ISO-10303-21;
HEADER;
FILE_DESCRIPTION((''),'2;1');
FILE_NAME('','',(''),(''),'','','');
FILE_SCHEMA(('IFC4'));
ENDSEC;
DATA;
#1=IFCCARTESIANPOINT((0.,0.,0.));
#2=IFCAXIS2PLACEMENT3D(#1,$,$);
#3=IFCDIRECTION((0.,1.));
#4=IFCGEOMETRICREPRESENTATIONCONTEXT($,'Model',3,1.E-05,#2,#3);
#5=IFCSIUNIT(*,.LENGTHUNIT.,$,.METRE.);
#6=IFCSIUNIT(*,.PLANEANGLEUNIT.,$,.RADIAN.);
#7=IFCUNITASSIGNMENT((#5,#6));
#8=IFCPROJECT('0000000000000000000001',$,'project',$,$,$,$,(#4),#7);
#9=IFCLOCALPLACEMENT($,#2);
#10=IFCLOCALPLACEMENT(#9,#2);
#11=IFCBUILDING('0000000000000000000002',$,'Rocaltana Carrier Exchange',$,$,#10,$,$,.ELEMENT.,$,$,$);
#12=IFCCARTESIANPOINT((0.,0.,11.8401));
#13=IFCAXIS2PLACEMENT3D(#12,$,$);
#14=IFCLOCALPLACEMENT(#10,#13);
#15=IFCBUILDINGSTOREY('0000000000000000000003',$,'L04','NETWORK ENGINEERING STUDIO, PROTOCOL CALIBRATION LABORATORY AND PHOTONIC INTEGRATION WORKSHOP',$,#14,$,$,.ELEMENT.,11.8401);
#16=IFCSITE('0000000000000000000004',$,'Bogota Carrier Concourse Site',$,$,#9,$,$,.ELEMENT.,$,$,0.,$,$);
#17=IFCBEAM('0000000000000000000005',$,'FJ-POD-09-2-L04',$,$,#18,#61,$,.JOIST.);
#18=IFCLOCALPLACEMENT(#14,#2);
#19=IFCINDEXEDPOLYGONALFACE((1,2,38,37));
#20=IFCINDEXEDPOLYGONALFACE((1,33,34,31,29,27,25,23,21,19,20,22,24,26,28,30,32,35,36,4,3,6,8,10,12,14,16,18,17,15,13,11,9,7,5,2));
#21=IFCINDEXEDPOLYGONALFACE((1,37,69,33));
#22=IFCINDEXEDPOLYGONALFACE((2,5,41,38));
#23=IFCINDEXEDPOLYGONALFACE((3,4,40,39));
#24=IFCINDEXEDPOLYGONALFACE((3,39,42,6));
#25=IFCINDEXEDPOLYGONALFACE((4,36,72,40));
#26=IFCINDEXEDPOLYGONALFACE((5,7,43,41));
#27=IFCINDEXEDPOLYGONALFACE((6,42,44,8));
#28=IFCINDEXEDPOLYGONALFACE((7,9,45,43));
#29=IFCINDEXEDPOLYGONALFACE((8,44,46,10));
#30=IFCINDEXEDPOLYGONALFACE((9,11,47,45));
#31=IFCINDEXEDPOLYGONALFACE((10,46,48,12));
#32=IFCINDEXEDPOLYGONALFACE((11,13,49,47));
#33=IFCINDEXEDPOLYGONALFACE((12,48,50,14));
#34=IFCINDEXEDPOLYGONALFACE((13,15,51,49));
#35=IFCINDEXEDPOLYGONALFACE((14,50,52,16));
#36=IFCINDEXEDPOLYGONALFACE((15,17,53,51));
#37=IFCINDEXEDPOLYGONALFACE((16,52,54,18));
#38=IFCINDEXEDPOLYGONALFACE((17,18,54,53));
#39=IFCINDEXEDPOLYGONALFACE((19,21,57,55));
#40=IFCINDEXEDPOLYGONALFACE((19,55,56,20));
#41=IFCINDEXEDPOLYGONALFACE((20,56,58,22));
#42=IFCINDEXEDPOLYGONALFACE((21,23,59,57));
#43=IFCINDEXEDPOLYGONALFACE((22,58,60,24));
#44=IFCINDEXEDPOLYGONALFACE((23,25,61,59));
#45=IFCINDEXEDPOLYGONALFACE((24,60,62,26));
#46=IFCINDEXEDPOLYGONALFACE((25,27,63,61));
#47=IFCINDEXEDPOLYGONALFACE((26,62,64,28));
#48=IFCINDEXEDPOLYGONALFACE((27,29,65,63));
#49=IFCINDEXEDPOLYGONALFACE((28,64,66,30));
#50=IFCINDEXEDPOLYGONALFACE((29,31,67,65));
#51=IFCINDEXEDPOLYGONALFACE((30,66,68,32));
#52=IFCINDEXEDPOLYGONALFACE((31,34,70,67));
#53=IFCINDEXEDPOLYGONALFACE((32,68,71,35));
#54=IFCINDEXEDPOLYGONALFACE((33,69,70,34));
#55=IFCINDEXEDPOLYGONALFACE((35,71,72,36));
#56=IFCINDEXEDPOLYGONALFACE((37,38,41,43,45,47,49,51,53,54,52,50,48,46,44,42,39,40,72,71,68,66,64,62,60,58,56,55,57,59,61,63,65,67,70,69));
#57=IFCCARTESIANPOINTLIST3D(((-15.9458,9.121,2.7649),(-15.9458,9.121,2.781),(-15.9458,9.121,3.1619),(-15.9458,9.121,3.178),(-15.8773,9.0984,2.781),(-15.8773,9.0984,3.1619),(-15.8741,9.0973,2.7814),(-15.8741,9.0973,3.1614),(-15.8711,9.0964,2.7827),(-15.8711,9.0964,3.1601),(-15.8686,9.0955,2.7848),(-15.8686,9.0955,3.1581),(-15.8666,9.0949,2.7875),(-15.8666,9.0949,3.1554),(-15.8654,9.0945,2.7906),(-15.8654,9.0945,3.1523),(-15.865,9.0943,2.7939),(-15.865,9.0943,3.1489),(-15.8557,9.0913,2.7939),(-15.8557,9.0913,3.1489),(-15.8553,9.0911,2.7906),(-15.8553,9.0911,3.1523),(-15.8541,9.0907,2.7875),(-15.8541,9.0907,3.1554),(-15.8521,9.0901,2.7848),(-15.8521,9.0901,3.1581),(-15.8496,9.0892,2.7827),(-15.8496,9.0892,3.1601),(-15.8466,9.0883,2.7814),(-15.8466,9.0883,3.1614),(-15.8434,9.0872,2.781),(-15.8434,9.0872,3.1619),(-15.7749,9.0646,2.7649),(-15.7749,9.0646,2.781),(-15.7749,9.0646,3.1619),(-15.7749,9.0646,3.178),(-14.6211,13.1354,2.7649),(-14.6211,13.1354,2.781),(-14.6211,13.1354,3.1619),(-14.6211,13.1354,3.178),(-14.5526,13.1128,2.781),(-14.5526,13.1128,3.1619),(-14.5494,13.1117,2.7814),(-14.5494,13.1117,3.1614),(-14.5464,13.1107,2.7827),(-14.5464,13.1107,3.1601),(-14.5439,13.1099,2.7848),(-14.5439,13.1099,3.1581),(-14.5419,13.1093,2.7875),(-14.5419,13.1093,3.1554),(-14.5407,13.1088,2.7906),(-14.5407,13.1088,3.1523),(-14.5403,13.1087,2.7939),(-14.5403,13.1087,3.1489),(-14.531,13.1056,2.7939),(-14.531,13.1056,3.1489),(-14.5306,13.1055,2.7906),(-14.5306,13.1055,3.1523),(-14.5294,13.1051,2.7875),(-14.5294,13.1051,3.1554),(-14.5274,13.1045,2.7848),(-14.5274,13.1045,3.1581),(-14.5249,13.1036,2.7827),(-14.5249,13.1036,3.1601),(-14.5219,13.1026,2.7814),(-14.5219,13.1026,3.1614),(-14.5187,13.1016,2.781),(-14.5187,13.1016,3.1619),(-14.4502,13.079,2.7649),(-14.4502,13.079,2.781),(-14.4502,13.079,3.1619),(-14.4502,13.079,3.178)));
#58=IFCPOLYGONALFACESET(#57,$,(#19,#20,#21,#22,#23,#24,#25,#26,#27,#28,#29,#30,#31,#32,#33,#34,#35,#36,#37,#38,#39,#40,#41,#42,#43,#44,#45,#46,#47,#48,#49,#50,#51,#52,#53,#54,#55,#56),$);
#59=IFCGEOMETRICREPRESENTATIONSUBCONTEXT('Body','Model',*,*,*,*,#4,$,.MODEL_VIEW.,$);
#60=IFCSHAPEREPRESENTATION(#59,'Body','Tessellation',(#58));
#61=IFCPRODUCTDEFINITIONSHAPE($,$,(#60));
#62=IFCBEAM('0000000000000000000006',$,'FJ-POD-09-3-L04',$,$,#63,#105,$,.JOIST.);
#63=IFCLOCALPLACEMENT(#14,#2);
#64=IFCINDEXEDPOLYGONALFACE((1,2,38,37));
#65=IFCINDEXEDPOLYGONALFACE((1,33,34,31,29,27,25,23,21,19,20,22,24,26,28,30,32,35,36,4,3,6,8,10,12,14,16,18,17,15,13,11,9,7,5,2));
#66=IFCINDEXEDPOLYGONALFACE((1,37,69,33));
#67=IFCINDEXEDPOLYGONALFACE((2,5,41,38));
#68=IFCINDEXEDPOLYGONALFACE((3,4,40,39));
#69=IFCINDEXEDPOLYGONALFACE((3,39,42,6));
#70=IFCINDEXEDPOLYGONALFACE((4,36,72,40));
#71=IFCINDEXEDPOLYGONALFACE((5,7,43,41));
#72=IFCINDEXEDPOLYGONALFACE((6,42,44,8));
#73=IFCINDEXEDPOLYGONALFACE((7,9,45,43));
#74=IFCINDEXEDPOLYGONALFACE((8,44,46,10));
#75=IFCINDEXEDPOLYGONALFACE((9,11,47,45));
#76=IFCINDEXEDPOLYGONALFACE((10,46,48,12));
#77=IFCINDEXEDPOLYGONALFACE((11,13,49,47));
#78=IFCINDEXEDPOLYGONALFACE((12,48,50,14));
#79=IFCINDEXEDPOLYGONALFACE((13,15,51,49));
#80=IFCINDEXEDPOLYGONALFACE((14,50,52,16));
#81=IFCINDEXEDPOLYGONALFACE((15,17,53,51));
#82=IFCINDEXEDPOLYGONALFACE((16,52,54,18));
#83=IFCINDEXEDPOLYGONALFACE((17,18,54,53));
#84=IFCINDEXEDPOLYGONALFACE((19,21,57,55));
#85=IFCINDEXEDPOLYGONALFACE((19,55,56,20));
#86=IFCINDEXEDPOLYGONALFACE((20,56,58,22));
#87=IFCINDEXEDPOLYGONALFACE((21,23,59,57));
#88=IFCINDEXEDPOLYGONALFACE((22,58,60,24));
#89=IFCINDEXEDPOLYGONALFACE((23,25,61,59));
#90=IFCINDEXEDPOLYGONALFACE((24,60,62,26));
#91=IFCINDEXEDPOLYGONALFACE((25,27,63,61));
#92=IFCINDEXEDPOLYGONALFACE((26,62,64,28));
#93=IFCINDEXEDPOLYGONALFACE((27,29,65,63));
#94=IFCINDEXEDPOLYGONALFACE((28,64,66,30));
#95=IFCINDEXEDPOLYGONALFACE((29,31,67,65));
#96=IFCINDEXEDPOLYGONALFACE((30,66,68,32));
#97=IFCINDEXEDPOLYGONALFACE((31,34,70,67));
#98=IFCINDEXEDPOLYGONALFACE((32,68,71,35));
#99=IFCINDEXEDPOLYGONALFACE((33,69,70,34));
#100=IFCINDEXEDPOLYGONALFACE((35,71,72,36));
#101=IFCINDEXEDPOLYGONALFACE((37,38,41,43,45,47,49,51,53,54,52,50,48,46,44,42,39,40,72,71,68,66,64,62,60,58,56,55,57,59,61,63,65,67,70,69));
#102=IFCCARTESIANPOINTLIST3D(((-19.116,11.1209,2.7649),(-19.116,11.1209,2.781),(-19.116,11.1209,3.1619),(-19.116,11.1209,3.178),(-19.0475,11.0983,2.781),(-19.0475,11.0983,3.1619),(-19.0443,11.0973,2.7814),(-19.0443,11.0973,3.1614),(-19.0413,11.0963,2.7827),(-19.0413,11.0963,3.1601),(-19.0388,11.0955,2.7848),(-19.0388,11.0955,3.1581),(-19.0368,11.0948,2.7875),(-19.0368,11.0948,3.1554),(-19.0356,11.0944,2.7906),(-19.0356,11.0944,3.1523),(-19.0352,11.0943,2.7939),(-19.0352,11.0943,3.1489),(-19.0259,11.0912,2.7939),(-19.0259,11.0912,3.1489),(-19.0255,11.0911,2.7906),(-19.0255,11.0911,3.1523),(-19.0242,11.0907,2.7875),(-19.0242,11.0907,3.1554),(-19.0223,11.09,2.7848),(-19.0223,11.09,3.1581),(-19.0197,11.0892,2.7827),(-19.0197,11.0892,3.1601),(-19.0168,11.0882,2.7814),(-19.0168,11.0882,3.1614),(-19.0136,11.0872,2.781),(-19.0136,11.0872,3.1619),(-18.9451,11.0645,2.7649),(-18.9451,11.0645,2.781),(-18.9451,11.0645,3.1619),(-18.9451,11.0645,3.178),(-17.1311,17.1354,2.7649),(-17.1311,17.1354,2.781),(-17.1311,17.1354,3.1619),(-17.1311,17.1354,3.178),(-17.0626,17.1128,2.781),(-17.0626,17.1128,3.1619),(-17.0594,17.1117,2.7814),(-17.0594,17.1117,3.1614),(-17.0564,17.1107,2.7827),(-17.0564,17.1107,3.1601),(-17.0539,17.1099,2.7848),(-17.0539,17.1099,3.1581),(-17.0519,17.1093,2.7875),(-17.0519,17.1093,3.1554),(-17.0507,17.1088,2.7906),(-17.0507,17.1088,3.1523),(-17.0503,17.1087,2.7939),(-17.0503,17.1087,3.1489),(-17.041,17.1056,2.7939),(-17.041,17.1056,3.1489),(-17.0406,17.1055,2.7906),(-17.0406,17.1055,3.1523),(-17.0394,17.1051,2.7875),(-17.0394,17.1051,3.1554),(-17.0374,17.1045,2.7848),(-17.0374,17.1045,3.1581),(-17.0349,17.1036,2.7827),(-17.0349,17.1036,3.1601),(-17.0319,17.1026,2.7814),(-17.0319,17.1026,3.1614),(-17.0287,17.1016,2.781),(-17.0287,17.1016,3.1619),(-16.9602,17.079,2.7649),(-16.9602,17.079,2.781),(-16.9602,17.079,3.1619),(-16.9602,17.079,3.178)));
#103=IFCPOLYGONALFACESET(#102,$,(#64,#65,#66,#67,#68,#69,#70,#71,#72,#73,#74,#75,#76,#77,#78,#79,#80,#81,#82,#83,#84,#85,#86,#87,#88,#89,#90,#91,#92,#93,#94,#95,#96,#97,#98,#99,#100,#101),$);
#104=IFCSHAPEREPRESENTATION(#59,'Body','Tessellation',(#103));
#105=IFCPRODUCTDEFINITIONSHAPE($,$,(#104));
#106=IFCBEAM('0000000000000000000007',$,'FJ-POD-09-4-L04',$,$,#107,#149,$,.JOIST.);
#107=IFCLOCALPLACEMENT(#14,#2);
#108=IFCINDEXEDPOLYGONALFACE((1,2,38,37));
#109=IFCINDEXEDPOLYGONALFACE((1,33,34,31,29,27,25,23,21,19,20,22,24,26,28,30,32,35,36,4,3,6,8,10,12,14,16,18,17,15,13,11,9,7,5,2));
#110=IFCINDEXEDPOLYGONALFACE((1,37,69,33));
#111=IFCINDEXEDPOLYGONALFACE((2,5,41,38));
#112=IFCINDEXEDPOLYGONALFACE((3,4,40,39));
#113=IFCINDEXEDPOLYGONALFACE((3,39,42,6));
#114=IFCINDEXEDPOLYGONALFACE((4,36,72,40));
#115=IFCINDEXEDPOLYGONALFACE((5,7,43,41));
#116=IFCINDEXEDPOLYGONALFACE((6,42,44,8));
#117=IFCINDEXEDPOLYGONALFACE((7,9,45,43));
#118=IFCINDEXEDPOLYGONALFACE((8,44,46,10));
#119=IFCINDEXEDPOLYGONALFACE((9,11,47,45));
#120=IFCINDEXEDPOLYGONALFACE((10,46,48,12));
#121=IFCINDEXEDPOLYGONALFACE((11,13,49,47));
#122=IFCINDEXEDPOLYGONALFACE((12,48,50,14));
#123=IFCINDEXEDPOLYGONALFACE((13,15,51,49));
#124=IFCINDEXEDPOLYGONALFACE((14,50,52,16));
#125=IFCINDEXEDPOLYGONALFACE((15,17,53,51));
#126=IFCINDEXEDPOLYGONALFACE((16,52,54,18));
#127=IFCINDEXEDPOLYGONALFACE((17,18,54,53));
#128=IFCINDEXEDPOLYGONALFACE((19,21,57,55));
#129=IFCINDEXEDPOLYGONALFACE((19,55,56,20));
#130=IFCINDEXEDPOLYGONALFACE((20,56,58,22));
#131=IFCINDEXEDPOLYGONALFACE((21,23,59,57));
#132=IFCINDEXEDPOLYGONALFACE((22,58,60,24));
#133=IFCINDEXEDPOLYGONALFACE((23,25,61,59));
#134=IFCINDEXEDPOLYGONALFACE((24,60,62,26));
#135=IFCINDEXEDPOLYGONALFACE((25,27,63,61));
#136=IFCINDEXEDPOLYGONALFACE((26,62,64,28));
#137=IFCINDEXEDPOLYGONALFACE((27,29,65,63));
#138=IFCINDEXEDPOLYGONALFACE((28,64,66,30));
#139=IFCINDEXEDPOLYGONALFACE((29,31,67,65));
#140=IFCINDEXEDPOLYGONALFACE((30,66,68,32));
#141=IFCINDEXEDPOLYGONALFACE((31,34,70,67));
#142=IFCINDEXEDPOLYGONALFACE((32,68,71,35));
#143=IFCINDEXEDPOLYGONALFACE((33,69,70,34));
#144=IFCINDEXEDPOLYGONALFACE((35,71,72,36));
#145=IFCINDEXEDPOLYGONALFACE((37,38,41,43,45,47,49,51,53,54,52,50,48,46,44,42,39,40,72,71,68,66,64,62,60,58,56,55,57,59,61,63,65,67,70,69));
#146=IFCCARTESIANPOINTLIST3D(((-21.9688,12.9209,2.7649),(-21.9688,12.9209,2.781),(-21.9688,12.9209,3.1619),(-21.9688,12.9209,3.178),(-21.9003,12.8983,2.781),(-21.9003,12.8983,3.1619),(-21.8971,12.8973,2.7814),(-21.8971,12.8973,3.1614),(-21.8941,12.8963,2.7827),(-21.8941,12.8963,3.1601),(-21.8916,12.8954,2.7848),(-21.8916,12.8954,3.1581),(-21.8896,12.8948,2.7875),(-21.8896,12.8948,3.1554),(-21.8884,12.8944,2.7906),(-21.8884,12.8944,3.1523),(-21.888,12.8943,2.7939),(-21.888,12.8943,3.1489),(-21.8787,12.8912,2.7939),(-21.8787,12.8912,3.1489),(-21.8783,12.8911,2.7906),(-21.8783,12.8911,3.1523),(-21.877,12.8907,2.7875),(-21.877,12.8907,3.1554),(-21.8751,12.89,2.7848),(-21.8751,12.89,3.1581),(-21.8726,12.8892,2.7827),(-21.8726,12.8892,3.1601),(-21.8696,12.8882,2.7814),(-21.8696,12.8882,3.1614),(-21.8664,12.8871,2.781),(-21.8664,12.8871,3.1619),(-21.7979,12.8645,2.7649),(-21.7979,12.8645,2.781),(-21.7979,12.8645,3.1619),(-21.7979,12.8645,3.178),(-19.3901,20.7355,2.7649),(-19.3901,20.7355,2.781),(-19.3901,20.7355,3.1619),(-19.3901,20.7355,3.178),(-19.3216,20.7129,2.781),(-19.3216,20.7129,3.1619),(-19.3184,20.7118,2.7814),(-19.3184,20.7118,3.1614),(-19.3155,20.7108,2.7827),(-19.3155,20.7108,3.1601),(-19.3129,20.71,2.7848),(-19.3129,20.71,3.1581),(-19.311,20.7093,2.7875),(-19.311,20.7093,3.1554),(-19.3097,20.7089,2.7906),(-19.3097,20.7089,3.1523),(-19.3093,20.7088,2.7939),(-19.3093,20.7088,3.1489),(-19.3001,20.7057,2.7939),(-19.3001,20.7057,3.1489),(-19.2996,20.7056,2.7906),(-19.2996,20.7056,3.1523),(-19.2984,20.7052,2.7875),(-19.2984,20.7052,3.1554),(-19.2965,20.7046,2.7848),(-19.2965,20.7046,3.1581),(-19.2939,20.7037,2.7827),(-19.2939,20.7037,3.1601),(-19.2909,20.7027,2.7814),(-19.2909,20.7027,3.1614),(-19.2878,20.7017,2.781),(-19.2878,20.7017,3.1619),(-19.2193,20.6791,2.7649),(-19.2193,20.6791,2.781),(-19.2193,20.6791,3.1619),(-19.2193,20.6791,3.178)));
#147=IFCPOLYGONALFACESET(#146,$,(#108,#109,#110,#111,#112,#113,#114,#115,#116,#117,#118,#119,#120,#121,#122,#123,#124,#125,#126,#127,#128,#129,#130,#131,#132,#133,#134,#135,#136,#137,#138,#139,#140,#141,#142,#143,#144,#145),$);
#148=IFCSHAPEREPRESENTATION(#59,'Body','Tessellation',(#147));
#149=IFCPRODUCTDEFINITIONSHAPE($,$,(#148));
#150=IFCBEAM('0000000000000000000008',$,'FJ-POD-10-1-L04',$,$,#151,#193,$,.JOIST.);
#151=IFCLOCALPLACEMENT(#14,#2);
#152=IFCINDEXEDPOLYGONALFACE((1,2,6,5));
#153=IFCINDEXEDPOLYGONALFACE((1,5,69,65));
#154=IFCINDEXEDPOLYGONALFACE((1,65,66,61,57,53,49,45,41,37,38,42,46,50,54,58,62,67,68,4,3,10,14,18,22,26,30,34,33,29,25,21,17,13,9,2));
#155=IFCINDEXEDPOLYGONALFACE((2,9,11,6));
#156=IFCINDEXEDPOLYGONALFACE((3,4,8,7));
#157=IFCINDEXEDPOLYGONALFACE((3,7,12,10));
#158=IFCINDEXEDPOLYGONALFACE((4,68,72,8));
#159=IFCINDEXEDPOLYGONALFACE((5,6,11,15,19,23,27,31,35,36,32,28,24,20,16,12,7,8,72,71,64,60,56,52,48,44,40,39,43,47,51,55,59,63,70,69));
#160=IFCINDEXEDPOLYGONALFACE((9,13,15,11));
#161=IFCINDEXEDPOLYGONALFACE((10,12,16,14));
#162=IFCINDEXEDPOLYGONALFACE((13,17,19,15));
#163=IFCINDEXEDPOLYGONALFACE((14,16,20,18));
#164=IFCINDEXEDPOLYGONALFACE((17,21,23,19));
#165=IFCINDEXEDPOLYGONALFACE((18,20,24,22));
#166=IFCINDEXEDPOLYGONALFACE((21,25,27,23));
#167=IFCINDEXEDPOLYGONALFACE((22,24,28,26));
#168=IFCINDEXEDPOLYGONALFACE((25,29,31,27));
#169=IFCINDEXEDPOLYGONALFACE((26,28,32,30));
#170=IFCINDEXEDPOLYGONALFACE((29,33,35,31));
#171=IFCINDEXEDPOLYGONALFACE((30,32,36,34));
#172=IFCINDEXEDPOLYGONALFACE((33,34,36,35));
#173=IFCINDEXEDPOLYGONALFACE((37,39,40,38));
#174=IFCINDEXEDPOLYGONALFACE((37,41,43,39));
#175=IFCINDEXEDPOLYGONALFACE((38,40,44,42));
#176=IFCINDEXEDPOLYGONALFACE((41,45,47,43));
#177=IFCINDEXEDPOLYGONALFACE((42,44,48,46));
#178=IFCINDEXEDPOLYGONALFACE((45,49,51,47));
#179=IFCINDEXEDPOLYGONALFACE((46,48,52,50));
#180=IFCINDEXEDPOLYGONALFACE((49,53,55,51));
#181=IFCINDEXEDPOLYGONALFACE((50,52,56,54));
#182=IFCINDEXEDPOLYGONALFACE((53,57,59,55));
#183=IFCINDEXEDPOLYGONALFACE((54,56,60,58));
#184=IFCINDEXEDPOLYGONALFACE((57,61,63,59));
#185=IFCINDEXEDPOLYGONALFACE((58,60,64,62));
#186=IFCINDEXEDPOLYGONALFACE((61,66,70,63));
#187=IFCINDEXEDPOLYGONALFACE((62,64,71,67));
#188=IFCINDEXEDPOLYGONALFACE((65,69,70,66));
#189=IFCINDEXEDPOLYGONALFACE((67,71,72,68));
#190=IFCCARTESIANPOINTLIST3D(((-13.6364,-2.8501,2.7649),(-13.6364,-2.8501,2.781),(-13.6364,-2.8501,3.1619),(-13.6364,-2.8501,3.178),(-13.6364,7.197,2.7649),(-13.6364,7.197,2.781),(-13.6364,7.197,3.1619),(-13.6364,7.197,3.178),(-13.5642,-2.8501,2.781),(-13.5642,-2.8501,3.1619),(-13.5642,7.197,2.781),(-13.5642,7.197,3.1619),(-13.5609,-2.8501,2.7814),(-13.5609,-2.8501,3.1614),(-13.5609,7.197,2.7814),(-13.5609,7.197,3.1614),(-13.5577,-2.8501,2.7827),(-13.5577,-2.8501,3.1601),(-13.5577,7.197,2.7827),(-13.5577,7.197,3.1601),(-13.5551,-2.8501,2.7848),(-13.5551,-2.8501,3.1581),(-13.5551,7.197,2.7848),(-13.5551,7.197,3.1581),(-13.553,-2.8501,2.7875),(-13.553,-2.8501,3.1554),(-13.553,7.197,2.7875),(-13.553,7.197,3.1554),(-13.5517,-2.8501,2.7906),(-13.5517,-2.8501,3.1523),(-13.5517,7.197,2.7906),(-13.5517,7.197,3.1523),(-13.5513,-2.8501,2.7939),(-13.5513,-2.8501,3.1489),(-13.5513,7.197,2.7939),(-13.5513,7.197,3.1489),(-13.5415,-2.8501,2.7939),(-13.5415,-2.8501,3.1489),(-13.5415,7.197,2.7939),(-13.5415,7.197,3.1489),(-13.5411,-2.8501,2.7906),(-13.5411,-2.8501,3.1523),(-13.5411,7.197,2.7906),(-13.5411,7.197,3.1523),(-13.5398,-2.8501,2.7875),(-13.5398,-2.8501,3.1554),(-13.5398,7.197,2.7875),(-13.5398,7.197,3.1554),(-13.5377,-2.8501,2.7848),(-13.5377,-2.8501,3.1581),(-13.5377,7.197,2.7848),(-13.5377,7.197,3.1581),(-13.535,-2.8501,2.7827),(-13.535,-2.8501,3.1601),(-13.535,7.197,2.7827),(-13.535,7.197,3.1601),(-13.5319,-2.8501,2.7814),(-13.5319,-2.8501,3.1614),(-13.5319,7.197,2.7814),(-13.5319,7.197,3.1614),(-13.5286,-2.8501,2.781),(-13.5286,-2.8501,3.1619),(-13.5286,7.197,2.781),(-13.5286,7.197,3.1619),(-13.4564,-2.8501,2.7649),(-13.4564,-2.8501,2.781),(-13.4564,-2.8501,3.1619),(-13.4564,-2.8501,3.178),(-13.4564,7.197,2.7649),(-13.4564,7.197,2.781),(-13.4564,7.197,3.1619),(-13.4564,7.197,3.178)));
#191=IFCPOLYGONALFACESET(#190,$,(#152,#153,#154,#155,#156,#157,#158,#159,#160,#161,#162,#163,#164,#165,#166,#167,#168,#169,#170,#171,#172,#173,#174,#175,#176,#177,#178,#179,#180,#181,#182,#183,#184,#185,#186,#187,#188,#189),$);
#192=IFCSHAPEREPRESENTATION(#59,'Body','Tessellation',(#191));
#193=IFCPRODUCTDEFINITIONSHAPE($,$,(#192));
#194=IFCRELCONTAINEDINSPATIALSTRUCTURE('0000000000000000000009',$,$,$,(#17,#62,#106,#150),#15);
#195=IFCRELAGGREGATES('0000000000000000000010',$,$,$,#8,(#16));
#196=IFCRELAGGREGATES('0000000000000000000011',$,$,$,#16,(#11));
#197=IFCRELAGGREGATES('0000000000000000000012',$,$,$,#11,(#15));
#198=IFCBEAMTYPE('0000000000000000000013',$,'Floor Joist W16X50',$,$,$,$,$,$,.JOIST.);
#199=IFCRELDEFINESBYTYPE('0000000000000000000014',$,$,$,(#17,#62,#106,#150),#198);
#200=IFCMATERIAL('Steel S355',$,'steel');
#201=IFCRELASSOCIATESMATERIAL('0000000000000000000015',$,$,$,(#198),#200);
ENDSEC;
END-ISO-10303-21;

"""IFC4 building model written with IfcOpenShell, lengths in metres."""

from ifc_helpers import new_model, si_unit, direction, frame, origin, origin_2d, place, context, subcontext, project, spatial, i_section, extrude, material, material_profile, profile_set, type_object, element, save


model = new_model("IFC4")

# Units and contexts
model_context = context("Model", 3, precision=1e-05, world=origin(), true_north=direction((0.0, 1.0)))
body_context = subcontext(model_context, "Body", "Model", "MODEL_VIEW")
ifc_project = project(units=[si_unit("LENGTHUNIT", "METRE"), si_unit("PLANEANGLEUNIT", "RADIAN")], contexts=[model_context])

# Site, building, storey
site_placement = place(None, origin())
site = spatial("IfcSite", under=ifc_project, at=site_placement, Name="Bogota Carrier Concourse Site", CompositionType="ELEMENT", RefElevation=0.0)
building_placement = place(site_placement, origin())
building = spatial("IfcBuilding", under=site, at=building_placement, Name="Rocaltana Carrier Exchange", CompositionType="ELEMENT")
storey_placement = place(building_placement, frame((0.0, 0.0, 11.8401)))
storey = spatial("IfcBuildingStorey", under=building, at=storey_placement, Name="L04", Description="NETWORK ENGINEERING STUDIO, PROTOCOL CALIBRATION LABORATORY AND PHOTONIC INTEGRATION WORKSHOP", CompositionType="ELEMENT", Elevation=11.8401)

# Beams
ifc_material_1 = material(Name="Steel S355", Category="steel")
ifc_material_profile_1 = material_profile(ifc_material_1, i_section(OverallWidth=0.1799, OverallDepth=0.4131, WebThickness=0.0098, FlangeThickness=0.0161, FilletRadius=0.0129, at=origin_2d()), Name="W16X50")
ifc_profile_set_1 = profile_set([ifc_material_profile_1], Name="Steel S355")
beam_type_1 = type_object("IfcBeamType", Name="Floor Joist W16X50", PredefinedType="JOIST", material=ifc_profile_set_1)
beam_1_placement = place(storey_placement, frame((-14.5356, 13.1072, 2.9714), z_axis=(-0.313368, -0.949632, 0.0), x_axis=(0.949632, -0.313368, 0.0)))
element("IfcBeam", 1, at=beam_1_placement, inside=storey, type_object=beam_type_1, Name="FJ-POD-09-2-L04", PredefinedType="JOIST", context=body_context, shape_type="SweptSolid", body=[
    extrude(i_section(OverallWidth=0.1799, OverallDepth=0.4131, WebThickness=0.0098, FlangeThickness=0.0161, FilletRadius=0.0129, at=origin_2d()), origin(), (0.0, 0.0, 1.0), 4.2273),
])
beam_2_placement = place(storey_placement, frame((-17.0457, 17.1072, 2.9714), z_axis=(-0.313393, -0.949623, 0.0), x_axis=(0.949623, -0.313393, 0.0)))
element("IfcBeam", 2, at=beam_2_placement, inside=storey, type_object=beam_type_1, Name="FJ-POD-09-3-L04", PredefinedType="JOIST", context=body_context, shape_type="SweptSolid", body=[
    extrude(i_section(OverallWidth=0.1799, OverallDepth=0.4131, WebThickness=0.0098, FlangeThickness=0.0161, FilletRadius=0.0129, at=origin_2d()), origin(), (0.0, 0.0, 1.0), 6.3335),
])
beam_3_placement = place(storey_placement, frame((-19.3047, 20.7073, 2.9714), z_axis=(-0.31336, -0.949634, 0.0), x_axis=(0.949634, -0.31336, 0.0)))
element("IfcBeam", 3, at=beam_3_placement, inside=storey, type_object=beam_type_1, Name="FJ-POD-09-4-L04", PredefinedType="JOIST", context=body_context, shape_type="SweptSolid", body=[
    extrude(i_section(OverallWidth=0.1799, OverallDepth=0.4131, WebThickness=0.0098, FlangeThickness=0.0161, FilletRadius=0.0129, at=origin_2d()), origin(), (0.0, 0.0, 1.0), 8.229),
])
beam_4_placement = place(storey_placement, frame((-13.5464, 7.197, 2.9714), z_axis=(0.0, -1.0, 0.0), x_axis=(1.0, 0.0, 0.0)))
element("IfcBeam", 4, at=beam_4_placement, inside=storey, type_object=beam_type_1, Name="FJ-POD-10-1-L04", PredefinedType="JOIST", context=body_context, shape_type="SweptSolid", body=[
    extrude(i_section(OverallWidth=0.1799, OverallDepth=0.4131, WebThickness=0.0098, FlangeThickness=0.0161, FilletRadius=0.0129, at=origin_2d()), origin(), (0.0, 0.0, 1.0), 10.0471),
])

save(model, "model.ifc")
